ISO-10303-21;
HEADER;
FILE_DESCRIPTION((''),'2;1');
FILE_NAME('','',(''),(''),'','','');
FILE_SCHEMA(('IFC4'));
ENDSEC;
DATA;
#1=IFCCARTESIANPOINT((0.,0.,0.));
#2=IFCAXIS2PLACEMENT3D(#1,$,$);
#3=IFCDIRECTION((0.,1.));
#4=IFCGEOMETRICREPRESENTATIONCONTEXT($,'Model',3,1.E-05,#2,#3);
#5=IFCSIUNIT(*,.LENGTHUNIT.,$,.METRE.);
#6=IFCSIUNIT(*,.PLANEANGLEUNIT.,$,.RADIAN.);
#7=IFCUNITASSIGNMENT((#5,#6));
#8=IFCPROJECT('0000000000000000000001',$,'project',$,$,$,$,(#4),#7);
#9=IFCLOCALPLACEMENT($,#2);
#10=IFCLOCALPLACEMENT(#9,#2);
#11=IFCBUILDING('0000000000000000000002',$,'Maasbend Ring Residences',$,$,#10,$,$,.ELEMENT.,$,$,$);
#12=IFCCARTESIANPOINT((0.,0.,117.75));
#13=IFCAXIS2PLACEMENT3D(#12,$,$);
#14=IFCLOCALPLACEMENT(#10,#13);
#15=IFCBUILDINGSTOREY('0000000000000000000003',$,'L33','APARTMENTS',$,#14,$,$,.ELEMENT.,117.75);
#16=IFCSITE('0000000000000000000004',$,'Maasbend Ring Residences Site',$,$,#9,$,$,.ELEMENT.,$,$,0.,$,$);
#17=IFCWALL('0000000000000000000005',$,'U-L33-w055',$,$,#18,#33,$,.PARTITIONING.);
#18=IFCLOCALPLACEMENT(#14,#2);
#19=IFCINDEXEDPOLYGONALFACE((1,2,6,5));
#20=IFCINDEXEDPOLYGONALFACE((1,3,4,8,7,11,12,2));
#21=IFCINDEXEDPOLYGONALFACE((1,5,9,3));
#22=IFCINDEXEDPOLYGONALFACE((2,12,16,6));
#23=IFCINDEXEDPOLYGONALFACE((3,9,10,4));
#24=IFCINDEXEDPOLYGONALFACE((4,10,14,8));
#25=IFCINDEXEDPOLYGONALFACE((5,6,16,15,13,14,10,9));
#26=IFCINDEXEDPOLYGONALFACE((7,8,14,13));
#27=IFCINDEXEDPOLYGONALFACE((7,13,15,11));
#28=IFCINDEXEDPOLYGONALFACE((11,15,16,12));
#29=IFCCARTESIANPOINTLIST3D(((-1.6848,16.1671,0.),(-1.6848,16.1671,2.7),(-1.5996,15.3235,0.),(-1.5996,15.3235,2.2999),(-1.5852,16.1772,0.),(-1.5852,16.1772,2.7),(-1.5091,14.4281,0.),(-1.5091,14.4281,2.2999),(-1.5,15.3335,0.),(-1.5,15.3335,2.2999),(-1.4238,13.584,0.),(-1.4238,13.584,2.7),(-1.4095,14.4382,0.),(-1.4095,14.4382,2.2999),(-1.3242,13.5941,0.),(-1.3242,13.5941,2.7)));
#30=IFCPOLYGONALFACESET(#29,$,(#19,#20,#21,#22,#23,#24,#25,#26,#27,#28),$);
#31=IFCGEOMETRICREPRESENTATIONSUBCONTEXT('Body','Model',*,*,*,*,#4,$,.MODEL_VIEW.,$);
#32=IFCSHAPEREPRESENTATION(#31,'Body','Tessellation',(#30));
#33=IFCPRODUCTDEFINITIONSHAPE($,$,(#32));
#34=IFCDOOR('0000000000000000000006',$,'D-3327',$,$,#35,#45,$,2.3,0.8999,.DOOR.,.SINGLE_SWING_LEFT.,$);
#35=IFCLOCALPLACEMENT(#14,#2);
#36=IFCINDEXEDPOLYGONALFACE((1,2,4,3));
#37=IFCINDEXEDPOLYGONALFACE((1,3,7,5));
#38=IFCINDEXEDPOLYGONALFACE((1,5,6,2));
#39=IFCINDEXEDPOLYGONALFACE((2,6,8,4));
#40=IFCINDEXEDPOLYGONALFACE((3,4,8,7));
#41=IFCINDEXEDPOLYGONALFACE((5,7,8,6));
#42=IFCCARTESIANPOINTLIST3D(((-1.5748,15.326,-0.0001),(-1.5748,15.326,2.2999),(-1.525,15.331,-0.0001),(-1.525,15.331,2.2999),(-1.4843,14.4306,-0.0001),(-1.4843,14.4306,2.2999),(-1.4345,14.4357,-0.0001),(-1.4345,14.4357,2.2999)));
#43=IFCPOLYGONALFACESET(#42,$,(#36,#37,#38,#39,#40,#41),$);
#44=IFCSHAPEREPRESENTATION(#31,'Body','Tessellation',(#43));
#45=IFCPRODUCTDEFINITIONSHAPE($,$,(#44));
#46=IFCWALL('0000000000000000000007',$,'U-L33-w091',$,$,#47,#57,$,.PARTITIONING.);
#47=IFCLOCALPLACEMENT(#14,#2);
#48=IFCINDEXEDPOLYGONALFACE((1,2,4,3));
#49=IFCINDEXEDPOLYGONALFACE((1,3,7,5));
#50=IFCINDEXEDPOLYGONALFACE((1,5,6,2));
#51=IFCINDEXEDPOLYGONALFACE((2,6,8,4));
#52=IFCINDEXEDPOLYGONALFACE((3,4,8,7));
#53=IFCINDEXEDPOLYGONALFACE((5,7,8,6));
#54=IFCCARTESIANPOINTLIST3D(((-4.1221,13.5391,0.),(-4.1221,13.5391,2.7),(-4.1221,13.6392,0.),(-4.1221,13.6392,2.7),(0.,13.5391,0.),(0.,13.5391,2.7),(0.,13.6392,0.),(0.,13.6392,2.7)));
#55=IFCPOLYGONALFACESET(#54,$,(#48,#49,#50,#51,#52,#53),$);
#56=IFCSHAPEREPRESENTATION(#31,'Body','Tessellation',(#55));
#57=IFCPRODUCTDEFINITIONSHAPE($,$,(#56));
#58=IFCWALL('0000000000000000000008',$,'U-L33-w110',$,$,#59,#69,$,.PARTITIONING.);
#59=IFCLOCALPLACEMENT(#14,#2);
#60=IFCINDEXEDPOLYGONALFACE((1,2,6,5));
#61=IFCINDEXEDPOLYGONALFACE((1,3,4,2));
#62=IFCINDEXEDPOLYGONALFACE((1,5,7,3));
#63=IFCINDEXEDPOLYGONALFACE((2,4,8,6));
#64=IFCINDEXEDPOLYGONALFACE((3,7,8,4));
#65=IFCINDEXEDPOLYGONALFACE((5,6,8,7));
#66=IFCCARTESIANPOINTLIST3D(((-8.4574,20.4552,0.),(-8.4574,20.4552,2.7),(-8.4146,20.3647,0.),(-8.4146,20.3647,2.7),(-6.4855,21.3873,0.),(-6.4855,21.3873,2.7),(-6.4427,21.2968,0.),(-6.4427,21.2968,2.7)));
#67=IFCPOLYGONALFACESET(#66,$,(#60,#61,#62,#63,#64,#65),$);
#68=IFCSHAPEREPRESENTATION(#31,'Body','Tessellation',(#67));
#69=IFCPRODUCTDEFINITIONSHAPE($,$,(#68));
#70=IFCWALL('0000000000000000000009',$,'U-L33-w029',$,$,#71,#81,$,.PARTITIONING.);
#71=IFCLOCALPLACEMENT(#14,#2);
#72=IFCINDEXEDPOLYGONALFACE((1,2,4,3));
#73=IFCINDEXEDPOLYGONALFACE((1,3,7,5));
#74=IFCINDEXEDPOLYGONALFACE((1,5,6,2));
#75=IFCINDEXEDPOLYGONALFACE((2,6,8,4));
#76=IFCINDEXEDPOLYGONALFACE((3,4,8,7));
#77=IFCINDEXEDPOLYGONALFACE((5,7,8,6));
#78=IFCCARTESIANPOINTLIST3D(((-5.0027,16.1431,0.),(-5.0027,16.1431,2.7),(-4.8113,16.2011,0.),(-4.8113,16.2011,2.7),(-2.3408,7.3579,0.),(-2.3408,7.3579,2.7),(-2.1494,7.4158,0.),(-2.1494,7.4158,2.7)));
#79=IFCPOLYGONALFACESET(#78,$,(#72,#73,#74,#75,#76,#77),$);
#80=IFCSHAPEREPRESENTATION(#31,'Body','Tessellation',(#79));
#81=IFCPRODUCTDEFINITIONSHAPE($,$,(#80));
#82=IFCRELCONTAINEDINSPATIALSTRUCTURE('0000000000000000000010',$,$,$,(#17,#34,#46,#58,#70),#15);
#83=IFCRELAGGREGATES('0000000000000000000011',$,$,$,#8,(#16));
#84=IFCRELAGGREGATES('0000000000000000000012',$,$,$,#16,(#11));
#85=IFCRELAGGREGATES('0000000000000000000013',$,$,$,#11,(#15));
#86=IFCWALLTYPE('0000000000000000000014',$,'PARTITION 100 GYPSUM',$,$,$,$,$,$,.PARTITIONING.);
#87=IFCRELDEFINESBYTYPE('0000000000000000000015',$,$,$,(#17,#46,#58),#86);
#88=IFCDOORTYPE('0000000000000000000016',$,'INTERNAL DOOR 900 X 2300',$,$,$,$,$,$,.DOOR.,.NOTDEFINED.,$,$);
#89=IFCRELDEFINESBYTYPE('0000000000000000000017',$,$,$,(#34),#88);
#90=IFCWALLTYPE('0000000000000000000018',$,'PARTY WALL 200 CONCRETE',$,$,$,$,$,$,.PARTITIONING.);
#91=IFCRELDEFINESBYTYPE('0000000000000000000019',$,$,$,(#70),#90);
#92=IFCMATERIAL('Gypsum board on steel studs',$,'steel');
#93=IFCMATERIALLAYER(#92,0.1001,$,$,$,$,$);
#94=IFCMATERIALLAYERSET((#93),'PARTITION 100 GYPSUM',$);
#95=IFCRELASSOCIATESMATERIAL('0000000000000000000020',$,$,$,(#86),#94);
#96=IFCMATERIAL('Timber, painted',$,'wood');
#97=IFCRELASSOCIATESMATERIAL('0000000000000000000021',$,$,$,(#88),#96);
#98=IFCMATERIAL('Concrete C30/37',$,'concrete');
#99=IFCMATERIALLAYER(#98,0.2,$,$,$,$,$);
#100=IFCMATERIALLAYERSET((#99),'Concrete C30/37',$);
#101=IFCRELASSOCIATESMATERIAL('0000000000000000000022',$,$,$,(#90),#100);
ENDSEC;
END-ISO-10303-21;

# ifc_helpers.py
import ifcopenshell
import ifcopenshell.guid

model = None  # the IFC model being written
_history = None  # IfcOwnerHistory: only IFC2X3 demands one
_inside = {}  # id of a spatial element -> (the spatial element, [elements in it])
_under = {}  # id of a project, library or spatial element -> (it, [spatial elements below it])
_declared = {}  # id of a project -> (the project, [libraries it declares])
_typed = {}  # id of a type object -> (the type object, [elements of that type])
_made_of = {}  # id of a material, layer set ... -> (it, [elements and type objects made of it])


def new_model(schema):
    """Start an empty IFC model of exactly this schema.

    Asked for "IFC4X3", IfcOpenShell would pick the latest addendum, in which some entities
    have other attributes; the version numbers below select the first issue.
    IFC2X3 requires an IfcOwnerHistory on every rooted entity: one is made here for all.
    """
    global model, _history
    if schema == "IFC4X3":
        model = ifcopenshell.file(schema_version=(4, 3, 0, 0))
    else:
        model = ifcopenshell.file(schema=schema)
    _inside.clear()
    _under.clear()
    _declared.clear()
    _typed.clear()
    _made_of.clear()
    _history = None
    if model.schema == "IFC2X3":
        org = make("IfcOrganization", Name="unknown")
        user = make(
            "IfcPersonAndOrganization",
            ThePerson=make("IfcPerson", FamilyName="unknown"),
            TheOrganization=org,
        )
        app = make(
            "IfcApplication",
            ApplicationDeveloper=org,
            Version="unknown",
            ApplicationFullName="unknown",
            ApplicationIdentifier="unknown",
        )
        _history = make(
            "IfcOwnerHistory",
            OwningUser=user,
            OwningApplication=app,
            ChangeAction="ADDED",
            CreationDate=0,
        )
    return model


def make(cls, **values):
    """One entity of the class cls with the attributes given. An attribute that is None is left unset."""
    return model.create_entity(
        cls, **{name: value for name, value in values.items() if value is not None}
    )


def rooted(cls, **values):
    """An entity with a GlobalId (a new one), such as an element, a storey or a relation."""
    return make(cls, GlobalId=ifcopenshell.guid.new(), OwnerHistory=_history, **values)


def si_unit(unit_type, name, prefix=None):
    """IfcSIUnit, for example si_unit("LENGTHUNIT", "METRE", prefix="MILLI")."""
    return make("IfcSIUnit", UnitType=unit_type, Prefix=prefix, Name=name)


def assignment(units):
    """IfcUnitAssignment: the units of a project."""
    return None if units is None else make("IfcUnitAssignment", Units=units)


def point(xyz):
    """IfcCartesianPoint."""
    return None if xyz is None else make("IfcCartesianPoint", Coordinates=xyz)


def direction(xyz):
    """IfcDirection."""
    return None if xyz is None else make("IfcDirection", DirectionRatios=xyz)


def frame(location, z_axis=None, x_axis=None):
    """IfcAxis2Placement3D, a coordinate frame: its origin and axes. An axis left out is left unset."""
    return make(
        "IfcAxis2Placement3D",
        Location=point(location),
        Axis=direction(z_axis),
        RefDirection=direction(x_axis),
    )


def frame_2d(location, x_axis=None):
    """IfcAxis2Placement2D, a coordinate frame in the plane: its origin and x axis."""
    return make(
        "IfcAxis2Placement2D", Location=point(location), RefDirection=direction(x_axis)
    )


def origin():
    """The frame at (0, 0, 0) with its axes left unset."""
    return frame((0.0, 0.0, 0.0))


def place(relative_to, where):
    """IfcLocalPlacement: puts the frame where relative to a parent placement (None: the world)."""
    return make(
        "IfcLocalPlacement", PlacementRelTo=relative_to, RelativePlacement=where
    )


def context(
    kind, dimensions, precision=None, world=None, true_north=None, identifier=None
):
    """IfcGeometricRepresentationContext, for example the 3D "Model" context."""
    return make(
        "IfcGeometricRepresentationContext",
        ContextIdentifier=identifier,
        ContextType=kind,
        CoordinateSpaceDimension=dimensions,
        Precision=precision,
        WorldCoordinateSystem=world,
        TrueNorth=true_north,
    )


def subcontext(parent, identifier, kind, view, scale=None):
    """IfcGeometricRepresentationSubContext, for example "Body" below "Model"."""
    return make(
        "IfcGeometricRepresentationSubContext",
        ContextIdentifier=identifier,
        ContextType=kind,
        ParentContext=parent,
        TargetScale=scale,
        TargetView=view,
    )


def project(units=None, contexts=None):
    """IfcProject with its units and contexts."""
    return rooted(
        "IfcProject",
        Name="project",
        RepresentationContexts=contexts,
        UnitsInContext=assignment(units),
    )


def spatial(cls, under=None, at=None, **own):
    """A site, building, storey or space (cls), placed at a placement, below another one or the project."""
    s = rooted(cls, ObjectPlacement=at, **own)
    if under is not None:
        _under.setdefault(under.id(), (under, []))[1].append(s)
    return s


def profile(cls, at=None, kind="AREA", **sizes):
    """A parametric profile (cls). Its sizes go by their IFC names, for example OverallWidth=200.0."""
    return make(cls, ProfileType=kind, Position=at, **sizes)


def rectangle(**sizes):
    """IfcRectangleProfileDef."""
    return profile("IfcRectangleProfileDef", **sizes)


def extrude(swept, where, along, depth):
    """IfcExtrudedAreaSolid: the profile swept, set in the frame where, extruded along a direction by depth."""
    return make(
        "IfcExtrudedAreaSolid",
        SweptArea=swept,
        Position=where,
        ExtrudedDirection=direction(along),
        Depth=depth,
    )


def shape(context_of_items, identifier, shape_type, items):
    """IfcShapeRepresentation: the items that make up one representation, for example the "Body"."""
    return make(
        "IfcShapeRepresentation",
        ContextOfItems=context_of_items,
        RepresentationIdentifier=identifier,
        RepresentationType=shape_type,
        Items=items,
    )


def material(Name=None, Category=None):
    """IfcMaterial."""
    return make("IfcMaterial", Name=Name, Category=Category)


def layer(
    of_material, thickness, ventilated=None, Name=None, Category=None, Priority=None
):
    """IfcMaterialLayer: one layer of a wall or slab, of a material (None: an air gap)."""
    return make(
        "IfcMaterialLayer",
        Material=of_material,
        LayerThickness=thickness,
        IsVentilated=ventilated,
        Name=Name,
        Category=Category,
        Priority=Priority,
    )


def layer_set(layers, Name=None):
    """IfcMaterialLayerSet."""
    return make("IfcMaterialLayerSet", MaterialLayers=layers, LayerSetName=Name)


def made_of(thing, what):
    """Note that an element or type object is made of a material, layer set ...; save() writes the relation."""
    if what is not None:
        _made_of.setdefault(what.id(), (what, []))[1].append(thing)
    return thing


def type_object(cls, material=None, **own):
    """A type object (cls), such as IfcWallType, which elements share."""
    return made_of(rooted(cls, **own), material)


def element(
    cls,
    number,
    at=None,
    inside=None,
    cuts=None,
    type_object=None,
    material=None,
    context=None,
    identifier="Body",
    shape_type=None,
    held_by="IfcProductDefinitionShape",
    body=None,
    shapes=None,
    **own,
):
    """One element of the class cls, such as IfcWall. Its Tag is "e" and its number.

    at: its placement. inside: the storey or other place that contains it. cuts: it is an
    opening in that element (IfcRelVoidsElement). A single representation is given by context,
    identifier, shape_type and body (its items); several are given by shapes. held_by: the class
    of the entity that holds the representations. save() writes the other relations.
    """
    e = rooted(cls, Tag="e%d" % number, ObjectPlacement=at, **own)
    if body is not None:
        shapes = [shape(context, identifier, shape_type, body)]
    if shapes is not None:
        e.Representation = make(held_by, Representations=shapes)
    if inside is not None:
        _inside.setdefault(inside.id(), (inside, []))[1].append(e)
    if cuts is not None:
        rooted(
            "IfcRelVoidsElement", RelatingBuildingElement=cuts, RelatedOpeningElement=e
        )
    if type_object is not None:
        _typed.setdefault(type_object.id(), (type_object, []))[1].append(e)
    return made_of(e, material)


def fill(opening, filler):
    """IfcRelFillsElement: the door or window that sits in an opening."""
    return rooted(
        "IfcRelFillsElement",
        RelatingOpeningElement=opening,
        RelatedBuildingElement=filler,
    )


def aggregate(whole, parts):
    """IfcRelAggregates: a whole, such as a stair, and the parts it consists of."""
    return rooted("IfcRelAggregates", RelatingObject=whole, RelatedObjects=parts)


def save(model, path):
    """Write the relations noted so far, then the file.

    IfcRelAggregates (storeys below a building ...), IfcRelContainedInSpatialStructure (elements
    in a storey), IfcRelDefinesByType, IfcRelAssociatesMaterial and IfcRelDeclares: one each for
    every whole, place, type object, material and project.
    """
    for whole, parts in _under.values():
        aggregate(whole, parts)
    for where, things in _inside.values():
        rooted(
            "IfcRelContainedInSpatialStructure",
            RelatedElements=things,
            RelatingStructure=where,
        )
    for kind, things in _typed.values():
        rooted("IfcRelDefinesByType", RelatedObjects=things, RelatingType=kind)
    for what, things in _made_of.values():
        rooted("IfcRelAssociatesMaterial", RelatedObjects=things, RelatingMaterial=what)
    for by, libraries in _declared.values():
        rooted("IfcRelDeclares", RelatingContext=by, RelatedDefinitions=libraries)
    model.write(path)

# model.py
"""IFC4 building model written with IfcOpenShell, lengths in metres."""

from ifc_helpers import new_model, si_unit, direction, frame, frame_2d, origin, place, context, subcontext, project, spatial, rectangle, extrude, material, layer, layer_set, type_object, element, fill, save


model = new_model("IFC4")

# Units and contexts
model_context = context("Model", 3, precision=1e-05, world=origin(), true_north=direction((0.0, 1.0)))
body_context = subcontext(model_context, "Body", "Model", "MODEL_VIEW")
ifc_project = project(units=[si_unit("LENGTHUNIT", "METRE"), si_unit("PLANEANGLEUNIT", "RADIAN")], contexts=[model_context])

# Site, building, storey
site_placement = place(None, origin())
site = spatial("IfcSite", under=ifc_project, at=site_placement, Name="Maasbend Ring Residences Site", CompositionType="ELEMENT", RefElevation=0.0)
building_placement = place(site_placement, origin())
building = spatial("IfcBuilding", under=site, at=building_placement, Name="Maasbend Ring Residences", CompositionType="ELEMENT")
storey_placement = place(building_placement, frame((0.0, 0.0, 117.75)))
storey = spatial("IfcBuildingStorey", under=building, at=storey_placement, Name="L33", Description="APARTMENTS", CompositionType="ELEMENT", Elevation=117.75)

# Shared definitions
ifc_material_1 = material(Name="Gypsum board on steel studs", Category="steel")
ifc_layer_1 = layer(ifc_material_1, 0.1001)
ifc_layer_set_1 = layer_set([ifc_layer_1], Name="PARTITION 100 GYPSUM")
wall_type_1 = type_object("IfcWallType", Name="PARTITION 100 GYPSUM", PredefinedType="PARTITIONING", material=ifc_layer_set_1)
ifc_material_2 = material(Name="Timber, painted", Category="wood")
door_type_1 = type_object("IfcDoorType", Name="INTERNAL DOOR 900 X 2300", OperationType="NOTDEFINED", PredefinedType="DOOR", material=ifc_material_2)

# Wall, opening, door
wall_1_placement = place(storey_placement, frame((-1.635, 16.1721, 0.0), z_axis=(0.0, 0.0, 1.0), x_axis=(0.100528, -0.994934, 0.0)))
wall_1 = element("IfcWall", 1, at=wall_1_placement, inside=storey, type_object=wall_type_1, Name="U-L33-w055", PredefinedType="PARTITIONING", context=body_context, shape_type="SweptSolid", body=[
    extrude(rectangle(XDim=2.5962, YDim=0.1001, at=frame_2d((1.2981, 0.0))), origin(), (0.0, 0.0, 1.0), 2.7),
])
opening_1_placement = place(wall_1_placement, frame((0.8479, 0.0, 0.0)))
opening_1 = element("IfcOpeningElement", 2, at=opening_1_placement, cuts=wall_1, PredefinedType="OPENING", context=body_context, shape_type="SweptSolid", body=[
    extrude(rectangle(XDim=0.8999, YDim=2.3, at=frame_2d((0.45, 1.1499))), frame((0.0, 0.0601, 0.0), z_axis=(0.0, -1.0, 0.0), x_axis=(1.0, 0.0, 0.0)), (0.0, 0.0, 1.0), 0.1201),
])
door_1_placement = place(opening_1_placement, origin())
door_1 = element("IfcDoor", 3, at=door_1_placement, inside=storey, type_object=door_type_1, Name="D-3327", OperationType="SINGLE_SWING_LEFT", OverallHeight=2.3, OverallWidth=0.8999, PredefinedType="DOOR", context=body_context, shape_type="SweptSolid", body=[
    extrude(rectangle(XDim=0.8999, YDim=2.3, at=frame_2d((0.45, 1.1499))), frame((0.0, 0.0249, 0.0), z_axis=(0.0, -1.0, 0.0), x_axis=(1.0, 0.0, 0.0)), (0.0, 0.0, 1.0), 0.05),
])
fill(opening_1, door_1)

# Walls
wall_2_placement = place(storey_placement, frame((-4.1221, 13.5891, 0.0), z_axis=(0.0, 0.0, 1.0), x_axis=(1.0, 0.0, 0.0)))
element("IfcWall", 4, at=wall_2_placement, inside=storey, type_object=wall_type_1, Name="U-L33-w091", PredefinedType="PARTITIONING", context=body_context, shape_type="SweptSolid", body=[
    extrude(rectangle(XDim=4.1221, YDim=0.1001, at=frame_2d((2.061, 0.0))), origin(), (0.0, 0.0, 1.0), 2.7),
])
wall_3_placement = place(storey_placement, frame((-8.436, 20.4099, 0.0), z_axis=(0.0, 0.0, 1.0), x_axis=(0.904082, 0.42736, 0.0)))
element("IfcWall", 5, at=wall_3_placement, inside=storey, type_object=wall_type_1, Name="U-L33-w110", PredefinedType="PARTITIONING", context=body_context, shape_type="SweptSolid", body=[
    extrude(rectangle(XDim=2.1812, YDim=0.1001, at=frame_2d((1.0906, 0.0))), origin(), (0.0, 0.0, 1.0), 2.7),
])
ifc_material_3 = material(Name="Concrete C30/37", Category="concrete")
ifc_layer_2 = layer(ifc_material_3, 0.2)
ifc_layer_set_2 = layer_set([ifc_layer_2], Name="Concrete C30/37")
wall_type_2 = type_object("IfcWallType", Name="PARTY WALL 200 CONCRETE", PredefinedType="PARTITIONING", material=ifc_layer_set_2)
wall_4_placement = place(storey_placement, frame((-4.907, 16.1721, 0.0), z_axis=(0.0, 0.0, 1.0), x_axis=(0.289977, -0.957034, 0.0)))
element("IfcWall", 6, at=wall_4_placement, inside=storey, type_object=wall_type_2, Name="U-L33-w029", PredefinedType="PARTITIONING", context=body_context, shape_type="SweptSolid", body=[
    extrude(rectangle(XDim=9.1797, YDim=0.2, at=frame_2d((4.5898, 0.0))), origin(), (0.0, 0.0, 1.0), 2.7),
])

save(model, "model.ifc")
